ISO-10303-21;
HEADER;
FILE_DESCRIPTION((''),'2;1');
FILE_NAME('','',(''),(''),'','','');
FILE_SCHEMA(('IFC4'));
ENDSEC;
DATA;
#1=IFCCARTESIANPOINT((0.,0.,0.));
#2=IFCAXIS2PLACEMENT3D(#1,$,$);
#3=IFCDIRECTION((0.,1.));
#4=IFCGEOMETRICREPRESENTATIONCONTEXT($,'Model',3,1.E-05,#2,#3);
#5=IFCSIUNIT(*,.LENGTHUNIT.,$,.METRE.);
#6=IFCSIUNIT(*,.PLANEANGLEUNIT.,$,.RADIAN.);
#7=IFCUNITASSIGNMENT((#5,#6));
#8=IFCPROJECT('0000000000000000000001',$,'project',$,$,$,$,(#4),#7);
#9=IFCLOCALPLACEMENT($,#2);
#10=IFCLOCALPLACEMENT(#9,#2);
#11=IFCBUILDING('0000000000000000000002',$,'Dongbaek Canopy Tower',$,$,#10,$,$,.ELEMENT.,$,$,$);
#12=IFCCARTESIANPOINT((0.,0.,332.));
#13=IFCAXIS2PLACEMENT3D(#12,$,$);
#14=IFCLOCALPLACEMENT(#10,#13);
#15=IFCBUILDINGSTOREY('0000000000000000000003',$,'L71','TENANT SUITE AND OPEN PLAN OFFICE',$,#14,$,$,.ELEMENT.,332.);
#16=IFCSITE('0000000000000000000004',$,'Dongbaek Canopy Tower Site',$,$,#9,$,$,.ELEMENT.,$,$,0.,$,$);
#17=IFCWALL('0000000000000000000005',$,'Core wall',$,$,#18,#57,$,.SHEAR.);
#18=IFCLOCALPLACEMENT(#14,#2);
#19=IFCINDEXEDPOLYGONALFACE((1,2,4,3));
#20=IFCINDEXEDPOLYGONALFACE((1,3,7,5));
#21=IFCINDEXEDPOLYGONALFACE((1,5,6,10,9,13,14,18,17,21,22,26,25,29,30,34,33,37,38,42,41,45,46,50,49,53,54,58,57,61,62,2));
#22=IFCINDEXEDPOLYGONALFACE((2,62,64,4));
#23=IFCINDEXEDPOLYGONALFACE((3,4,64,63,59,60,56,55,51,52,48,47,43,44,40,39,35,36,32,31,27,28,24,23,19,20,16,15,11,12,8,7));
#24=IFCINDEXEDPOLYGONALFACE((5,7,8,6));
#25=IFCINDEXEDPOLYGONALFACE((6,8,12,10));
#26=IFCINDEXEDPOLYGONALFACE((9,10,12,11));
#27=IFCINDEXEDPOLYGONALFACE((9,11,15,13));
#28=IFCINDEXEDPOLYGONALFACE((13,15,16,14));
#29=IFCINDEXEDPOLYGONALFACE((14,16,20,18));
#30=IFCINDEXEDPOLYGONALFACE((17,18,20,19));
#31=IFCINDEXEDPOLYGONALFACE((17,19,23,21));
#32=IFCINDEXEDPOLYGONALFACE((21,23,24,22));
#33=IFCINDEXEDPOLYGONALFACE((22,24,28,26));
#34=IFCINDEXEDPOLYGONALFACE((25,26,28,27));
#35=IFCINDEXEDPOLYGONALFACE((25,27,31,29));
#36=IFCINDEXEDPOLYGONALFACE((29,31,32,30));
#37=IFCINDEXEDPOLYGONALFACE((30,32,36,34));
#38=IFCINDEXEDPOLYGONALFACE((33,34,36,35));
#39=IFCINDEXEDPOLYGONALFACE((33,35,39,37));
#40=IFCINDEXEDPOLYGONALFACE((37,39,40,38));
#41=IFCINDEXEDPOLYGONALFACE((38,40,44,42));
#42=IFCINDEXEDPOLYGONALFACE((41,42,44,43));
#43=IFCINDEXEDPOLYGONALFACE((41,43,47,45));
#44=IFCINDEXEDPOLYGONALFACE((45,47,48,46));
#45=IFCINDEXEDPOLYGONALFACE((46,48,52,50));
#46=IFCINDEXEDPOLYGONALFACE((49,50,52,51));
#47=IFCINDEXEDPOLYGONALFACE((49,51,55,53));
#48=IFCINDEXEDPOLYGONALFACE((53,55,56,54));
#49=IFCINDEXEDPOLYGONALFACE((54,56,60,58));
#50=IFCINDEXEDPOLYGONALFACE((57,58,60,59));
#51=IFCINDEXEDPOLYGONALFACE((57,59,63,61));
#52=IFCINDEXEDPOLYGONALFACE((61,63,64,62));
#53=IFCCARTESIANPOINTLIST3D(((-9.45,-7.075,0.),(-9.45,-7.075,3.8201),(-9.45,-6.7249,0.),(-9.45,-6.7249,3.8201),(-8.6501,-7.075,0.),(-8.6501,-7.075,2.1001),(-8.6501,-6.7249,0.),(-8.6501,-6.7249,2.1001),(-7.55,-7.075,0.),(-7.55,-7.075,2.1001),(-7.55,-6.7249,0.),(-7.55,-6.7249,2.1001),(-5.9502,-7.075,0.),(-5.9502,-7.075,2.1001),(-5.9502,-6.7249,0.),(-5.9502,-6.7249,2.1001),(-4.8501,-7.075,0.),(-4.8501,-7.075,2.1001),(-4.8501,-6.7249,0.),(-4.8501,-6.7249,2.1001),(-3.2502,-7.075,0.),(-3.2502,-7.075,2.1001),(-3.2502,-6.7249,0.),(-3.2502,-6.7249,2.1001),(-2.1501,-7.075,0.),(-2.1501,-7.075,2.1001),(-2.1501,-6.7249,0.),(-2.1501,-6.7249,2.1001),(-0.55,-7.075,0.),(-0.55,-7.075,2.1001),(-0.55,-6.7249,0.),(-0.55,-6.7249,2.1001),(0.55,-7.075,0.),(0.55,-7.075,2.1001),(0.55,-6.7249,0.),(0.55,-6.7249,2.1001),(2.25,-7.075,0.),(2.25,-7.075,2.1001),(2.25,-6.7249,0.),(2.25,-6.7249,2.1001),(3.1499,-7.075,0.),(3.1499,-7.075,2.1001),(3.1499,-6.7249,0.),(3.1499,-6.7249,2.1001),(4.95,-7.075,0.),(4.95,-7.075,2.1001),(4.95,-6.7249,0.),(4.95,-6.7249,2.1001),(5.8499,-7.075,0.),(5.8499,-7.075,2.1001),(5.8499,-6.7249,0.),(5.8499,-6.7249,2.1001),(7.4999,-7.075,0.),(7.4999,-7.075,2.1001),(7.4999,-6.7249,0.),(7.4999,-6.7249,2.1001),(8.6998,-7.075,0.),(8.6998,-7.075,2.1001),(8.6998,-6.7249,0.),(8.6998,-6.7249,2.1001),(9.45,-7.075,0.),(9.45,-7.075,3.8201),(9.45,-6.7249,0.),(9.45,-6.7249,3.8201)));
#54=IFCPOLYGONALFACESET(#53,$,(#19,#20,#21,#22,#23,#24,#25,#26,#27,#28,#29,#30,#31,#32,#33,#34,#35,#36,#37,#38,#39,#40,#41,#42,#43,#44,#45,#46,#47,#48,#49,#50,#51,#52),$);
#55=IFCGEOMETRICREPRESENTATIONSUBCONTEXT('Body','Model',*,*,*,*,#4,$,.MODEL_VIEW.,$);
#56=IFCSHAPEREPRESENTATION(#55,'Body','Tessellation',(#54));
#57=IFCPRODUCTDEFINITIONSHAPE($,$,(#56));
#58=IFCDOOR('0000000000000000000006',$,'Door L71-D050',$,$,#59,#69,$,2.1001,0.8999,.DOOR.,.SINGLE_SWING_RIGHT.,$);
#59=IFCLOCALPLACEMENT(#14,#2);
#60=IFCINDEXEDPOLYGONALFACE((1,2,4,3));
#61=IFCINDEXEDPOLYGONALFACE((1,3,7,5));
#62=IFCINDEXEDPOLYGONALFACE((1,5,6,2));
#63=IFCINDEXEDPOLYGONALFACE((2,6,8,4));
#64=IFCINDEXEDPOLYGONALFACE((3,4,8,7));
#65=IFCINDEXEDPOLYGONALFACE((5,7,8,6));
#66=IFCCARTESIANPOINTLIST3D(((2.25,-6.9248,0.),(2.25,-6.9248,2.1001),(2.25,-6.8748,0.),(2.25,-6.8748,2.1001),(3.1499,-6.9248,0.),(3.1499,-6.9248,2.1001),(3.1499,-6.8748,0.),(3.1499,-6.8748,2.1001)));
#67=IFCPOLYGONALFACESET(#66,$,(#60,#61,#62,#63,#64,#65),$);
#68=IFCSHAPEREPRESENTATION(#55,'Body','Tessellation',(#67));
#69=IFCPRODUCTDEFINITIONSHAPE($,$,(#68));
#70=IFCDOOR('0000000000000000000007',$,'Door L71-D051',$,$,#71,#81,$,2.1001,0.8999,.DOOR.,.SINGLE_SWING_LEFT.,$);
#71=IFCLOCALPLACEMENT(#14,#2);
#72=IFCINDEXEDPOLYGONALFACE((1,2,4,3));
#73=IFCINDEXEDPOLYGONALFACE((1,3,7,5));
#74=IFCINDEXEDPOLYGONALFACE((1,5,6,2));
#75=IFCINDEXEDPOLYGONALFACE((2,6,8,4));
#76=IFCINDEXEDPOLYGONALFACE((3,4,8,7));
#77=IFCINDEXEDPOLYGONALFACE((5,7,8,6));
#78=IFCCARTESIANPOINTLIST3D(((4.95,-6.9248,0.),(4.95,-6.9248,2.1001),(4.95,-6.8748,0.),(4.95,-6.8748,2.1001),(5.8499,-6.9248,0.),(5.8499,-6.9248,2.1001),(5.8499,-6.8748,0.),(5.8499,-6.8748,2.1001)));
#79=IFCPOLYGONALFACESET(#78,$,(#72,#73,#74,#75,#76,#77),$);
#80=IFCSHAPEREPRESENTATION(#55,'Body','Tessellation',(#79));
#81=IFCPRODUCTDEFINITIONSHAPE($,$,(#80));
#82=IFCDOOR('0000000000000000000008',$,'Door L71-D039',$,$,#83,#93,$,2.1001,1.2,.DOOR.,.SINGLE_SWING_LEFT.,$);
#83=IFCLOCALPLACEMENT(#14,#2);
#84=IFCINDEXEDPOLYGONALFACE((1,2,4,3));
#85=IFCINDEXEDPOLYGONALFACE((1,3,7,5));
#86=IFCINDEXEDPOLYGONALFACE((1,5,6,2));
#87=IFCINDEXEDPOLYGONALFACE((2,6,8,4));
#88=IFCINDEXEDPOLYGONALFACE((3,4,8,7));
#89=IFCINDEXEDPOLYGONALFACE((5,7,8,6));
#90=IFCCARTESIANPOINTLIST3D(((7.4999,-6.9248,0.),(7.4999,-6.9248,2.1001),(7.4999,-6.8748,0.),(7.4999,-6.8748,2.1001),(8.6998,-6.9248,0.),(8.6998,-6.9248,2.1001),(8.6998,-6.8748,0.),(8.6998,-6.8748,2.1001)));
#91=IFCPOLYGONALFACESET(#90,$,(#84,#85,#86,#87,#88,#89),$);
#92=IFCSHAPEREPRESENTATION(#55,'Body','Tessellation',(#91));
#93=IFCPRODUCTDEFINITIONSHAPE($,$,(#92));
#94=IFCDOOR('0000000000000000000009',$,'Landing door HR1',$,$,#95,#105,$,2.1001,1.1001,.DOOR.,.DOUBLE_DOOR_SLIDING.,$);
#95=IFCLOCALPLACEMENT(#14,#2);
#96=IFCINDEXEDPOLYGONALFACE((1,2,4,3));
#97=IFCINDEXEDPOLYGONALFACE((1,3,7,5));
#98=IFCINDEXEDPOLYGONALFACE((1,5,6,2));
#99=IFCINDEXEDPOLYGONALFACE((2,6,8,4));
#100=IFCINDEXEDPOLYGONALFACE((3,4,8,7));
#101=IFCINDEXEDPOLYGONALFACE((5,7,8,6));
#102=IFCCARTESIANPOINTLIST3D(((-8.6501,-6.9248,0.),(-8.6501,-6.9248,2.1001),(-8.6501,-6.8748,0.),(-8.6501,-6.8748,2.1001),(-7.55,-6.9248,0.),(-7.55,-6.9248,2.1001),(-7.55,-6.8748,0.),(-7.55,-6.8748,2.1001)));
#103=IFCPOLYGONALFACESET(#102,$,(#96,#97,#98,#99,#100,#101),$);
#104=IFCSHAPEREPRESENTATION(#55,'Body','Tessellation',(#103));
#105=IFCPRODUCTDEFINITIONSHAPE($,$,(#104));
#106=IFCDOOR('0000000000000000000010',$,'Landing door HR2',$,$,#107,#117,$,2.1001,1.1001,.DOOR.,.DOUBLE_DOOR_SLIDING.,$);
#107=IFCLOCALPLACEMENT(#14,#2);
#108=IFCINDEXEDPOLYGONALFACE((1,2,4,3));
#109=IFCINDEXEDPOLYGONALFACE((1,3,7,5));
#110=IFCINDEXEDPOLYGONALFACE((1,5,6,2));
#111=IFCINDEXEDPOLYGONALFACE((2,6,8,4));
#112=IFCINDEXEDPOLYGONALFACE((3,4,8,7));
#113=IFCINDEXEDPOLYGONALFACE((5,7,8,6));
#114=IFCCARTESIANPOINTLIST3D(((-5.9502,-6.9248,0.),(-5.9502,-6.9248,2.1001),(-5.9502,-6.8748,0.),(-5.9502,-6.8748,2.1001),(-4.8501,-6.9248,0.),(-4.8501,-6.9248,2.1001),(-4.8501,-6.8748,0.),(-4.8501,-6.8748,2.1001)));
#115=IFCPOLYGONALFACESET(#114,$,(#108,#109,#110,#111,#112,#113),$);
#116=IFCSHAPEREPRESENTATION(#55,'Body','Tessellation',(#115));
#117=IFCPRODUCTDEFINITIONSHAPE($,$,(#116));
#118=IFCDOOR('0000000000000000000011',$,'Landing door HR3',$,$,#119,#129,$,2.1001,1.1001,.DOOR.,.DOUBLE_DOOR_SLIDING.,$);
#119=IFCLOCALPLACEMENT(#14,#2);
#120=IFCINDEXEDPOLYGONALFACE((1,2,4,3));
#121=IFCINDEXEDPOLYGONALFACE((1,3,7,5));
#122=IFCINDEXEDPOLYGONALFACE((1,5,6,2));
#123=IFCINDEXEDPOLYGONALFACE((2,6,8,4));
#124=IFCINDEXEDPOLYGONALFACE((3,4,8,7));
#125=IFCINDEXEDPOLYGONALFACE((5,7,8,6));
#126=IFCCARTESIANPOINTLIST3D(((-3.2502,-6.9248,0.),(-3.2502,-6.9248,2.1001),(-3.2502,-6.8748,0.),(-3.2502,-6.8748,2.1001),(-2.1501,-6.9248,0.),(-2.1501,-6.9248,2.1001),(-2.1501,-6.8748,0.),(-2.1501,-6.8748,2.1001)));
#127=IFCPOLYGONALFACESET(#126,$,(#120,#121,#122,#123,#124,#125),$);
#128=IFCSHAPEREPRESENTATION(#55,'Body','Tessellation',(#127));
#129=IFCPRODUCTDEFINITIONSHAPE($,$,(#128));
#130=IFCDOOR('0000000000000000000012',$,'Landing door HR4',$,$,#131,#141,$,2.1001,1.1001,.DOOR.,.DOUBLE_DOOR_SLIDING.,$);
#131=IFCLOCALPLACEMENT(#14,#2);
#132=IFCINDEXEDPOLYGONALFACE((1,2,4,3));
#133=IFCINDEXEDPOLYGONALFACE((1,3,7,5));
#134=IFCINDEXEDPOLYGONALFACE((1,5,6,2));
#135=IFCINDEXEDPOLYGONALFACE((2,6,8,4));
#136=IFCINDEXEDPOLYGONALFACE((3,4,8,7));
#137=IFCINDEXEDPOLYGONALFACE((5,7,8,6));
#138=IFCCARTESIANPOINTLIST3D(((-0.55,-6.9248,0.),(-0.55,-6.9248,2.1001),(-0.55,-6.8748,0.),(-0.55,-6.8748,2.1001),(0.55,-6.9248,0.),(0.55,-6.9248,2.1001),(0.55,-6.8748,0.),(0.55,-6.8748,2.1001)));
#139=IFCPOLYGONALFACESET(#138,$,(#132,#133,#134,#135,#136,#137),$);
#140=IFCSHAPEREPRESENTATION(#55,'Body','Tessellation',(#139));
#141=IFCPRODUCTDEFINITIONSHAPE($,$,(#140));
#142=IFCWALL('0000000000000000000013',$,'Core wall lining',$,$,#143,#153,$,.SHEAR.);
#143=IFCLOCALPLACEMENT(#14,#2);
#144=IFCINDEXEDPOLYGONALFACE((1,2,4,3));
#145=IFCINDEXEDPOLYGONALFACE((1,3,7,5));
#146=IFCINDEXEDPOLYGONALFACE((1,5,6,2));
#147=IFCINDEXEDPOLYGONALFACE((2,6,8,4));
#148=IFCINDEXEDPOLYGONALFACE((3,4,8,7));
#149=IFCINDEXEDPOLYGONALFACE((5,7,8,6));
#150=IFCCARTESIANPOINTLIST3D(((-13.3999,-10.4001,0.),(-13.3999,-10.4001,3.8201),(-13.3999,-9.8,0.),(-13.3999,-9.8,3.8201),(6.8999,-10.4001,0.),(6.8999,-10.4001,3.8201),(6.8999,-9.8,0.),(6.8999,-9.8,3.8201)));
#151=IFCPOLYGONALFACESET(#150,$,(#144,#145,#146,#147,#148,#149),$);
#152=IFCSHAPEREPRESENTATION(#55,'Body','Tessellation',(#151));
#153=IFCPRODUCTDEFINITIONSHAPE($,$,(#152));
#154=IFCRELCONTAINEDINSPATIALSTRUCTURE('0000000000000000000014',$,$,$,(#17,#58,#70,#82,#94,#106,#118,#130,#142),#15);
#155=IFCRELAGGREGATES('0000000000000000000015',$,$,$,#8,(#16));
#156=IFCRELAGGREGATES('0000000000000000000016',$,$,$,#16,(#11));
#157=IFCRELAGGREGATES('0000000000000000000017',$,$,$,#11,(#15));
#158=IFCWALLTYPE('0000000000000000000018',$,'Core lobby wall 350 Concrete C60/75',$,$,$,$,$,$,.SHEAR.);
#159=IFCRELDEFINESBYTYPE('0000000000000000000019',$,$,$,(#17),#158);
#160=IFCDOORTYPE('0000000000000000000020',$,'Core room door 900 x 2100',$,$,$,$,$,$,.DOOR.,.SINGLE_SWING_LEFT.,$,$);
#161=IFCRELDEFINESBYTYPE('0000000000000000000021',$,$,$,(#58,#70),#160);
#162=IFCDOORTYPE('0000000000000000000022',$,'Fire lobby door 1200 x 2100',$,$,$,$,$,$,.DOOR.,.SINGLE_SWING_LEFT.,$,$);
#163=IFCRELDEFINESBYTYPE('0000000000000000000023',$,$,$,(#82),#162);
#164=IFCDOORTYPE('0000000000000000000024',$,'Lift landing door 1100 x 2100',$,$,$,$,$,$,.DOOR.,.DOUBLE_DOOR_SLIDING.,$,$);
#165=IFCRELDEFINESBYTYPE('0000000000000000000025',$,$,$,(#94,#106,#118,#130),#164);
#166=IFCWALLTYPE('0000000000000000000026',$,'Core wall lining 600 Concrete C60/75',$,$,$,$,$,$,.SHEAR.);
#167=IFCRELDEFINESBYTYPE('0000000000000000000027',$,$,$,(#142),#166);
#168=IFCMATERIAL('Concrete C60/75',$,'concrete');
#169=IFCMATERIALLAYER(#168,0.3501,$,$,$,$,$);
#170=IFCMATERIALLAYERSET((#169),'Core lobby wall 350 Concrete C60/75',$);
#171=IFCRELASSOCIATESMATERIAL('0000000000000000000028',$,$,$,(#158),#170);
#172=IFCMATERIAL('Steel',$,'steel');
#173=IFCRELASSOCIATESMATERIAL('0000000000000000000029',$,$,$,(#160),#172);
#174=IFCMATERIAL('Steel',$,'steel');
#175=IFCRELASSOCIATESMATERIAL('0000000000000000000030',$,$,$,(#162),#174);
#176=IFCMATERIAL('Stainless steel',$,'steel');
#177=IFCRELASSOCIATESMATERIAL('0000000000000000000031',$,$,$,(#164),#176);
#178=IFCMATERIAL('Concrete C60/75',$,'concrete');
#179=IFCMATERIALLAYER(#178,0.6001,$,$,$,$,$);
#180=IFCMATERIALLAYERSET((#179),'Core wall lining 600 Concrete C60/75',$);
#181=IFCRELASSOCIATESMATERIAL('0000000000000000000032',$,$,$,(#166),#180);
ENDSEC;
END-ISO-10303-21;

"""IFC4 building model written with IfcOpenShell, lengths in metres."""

from ifc_helpers import new_model, si_unit, direction, frame, frame_2d, origin, place, context, subcontext, project, spatial, rectangle, extrude, material, layer, layer_set, type_object, element, fill, save


model = new_model("IFC4")

# Units and contexts
model_context = context("Model", 3, precision=1e-05, world=origin(), true_north=direction((0.0, 1.0)))
body_context = subcontext(model_context, "Body", "Model", "MODEL_VIEW")
ifc_project = project(units=[si_unit("LENGTHUNIT", "METRE"), si_unit("PLANEANGLEUNIT", "RADIAN")], contexts=[model_context])

# Site, building, storey
site_placement = place(None, origin())
site = spatial("IfcSite", under=ifc_project, at=site_placement, Name="Dongbaek Canopy Tower Site", CompositionType="ELEMENT", RefElevation=0.0)
building_placement = place(site_placement, origin())
building = spatial("IfcBuilding", under=site, at=building_placement, Name="Dongbaek Canopy Tower", CompositionType="ELEMENT")
storey_placement = place(building_placement, frame((0.0, 0.0, 332.0)))
storey = spatial("IfcBuildingStorey", under=building, at=storey_placement, Name="L71", Description="TENANT SUITE AND OPEN PLAN OFFICE", CompositionType="ELEMENT", Elevation=332.0)

# Wall, openings, doors
ifc_material_1 = material(Name="Concrete C60/75", Category="concrete")
ifc_layer_1 = layer(ifc_material_1, 0.3501)
ifc_layer_set_1 = layer_set([ifc_layer_1], Name="Core lobby wall 350 Concrete C60/75")
wall_type_1 = type_object("IfcWallType", Name="Core lobby wall 350 Concrete C60/75", PredefinedType="SHEAR", material=ifc_layer_set_1)
wall_1_placement = place(storey_placement, frame((9.45, -6.8999, 0.0), z_axis=(0.0, 0.0, 1.0), x_axis=(-1.0, 0.0, 0.0)))
wall_1 = element("IfcWall", 1, at=wall_1_placement, inside=storey, type_object=wall_type_1, Name="Core wall", PredefinedType="SHEAR", context=body_context, shape_type="SweptSolid", body=[
    extrude(rectangle(XDim=18.8999, YDim=0.3501, at=frame_2d((9.45, 0.0))), origin(), (0.0, 0.0, 1.0), 3.8201),
])
opening_1_placement = place(wall_1_placement, frame((17.0, 0.0, 0.0)))
opening_1 = element("IfcOpeningElement", 2, at=opening_1_placement, cuts=wall_1, PredefinedType="OPENING", context=body_context, shape_type="SweptSolid", body=[
    extrude(rectangle(XDim=1.1001, YDim=2.1001, at=frame_2d((0.55, 1.05))), frame((0.0, 0.1851, 0.0), z_axis=(0.0, -1.0, 0.0), x_axis=(1.0, 0.0, 0.0)), (0.0, 0.0, 1.0), 0.3701),
])
opening_2_placement = place(wall_1_placement, frame((14.3, 0.0, 0.0)))
opening_2 = element("IfcOpeningElement", 3, at=opening_2_placement, cuts=wall_1, PredefinedType="OPENING", context=body_context, shape_type="SweptSolid", body=[
    extrude(rectangle(XDim=1.1001, YDim=2.1001, at=frame_2d((0.55, 1.05))), frame((0.0, 0.1851, 0.0), z_axis=(0.0, -1.0, 0.0), x_axis=(1.0, 0.0, 0.0)), (0.0, 0.0, 1.0), 0.3701),
])
opening_3_placement = place(wall_1_placement, frame((11.6001, 0.0, 0.0)))
opening_3 = element("IfcOpeningElement", 4, at=opening_3_placement, cuts=wall_1, PredefinedType="OPENING", context=body_context, shape_type="SweptSolid", body=[
    extrude(rectangle(XDim=1.1001, YDim=2.1001, at=frame_2d((0.55, 1.05))), frame((0.0, 0.1851, 0.0), z_axis=(0.0, -1.0, 0.0), x_axis=(1.0, 0.0, 0.0)), (0.0, 0.0, 1.0), 0.3701),
])
opening_4_placement = place(wall_1_placement, frame((8.8999, 0.0, 0.0)))
opening_4 = element("IfcOpeningElement", 5, at=opening_4_placement, cuts=wall_1, PredefinedType="OPENING", context=body_context, shape_type="SweptSolid", body=[
    extrude(rectangle(XDim=1.1001, YDim=2.1001, at=frame_2d((0.55, 1.05))), frame((0.0, 0.1851, 0.0), z_axis=(0.0, -1.0, 0.0), x_axis=(1.0, 0.0, 0.0)), (0.0, 0.0, 1.0), 0.3701),
])
opening_5_placement = place(wall_1_placement, frame((0.75, 0.0, 0.0)))
opening_5 = element("IfcOpeningElement", 6, at=opening_5_placement, cuts=wall_1, PredefinedType="OPENING", context=body_context, shape_type="SweptSolid", body=[
    extrude(rectangle(XDim=1.2, YDim=2.1001, at=frame_2d((0.6001, 1.05))), frame((0.0, 0.1851, 0.0), z_axis=(0.0, -1.0, 0.0), x_axis=(1.0, 0.0, 0.0)), (0.0, 0.0, 1.0), 0.3701),
])
opening_6_placement = place(wall_1_placement, frame((6.3, 0.0, 0.0)))
opening_6 = element("IfcOpeningElement", 7, at=opening_6_placement, cuts=wall_1, PredefinedType="OPENING", context=body_context, shape_type="SweptSolid", body=[
    extrude(rectangle(XDim=0.8999, YDim=2.1001, at=frame_2d((0.45, 1.05))), frame((0.0, 0.1851, 0.0), z_axis=(0.0, -1.0, 0.0), x_axis=(1.0, 0.0, 0.0)), (0.0, 0.0, 1.0), 0.3701),
])
opening_7_placement = place(wall_1_placement, frame((3.6001, 0.0, 0.0)))
opening_7 = element("IfcOpeningElement", 8, at=opening_7_placement, cuts=wall_1, PredefinedType="OPENING", context=body_context, shape_type="SweptSolid", body=[
    extrude(rectangle(XDim=0.8999, YDim=2.1001, at=frame_2d((0.45, 1.05))), frame((0.0, 0.1851, 0.0), z_axis=(0.0, -1.0, 0.0), x_axis=(1.0, 0.0, 0.0)), (0.0, 0.0, 1.0), 0.3701),
])
ifc_material_2 = material(Name="Steel", Category="steel")
door_type_1 = type_object("IfcDoorType", Name="Core room door 900 x 2100", OperationType="SINGLE_SWING_LEFT", PredefinedType="DOOR", material=ifc_material_2)
door_1_placement = place(opening_6_placement, origin())
door_1 = element("IfcDoor", 9, at=door_1_placement, inside=storey, type_object=door_type_1, Name="Door L71-D050", OperationType="SINGLE_SWING_RIGHT", OverallHeight=2.1001, OverallWidth=0.8999, PredefinedType="DOOR", context=body_context, shape_type="SweptSolid", body=[
    extrude(rectangle(XDim=0.8999, YDim=2.1001, at=frame_2d((0.45, 1.05))), frame((0.0, 0.0249, 0.0), z_axis=(0.0, -1.0, 0.0), x_axis=(1.0, 0.0, 0.0)), (0.0, 0.0, 1.0), 0.05),
])
fill(opening_6, door_1)
door_2_placement = place(opening_7_placement, origin())
door_2 = element("IfcDoor", 10, at=door_2_placement, inside=storey, type_object=door_type_1, Name="Door L71-D051", OperationType="SINGLE_SWING_LEFT", OverallHeight=2.1001, OverallWidth=0.8999, PredefinedType="DOOR", context=body_context, shape_type="SweptSolid", body=[
    extrude(rectangle(XDim=0.8999, YDim=2.1001, at=frame_2d((0.45, 1.05))), frame((0.0, 0.0249, 0.0), z_axis=(0.0, -1.0, 0.0), x_axis=(1.0, 0.0, 0.0)), (0.0, 0.0, 1.0), 0.05),
])
fill(opening_7, door_2)
ifc_material_3 = material(Name="Steel", Category="steel")
door_type_2 = type_object("IfcDoorType", Name="Fire lobby door 1200 x 2100", OperationType="SINGLE_SWING_LEFT", PredefinedType="DOOR", material=ifc_material_3)
door_3_placement = place(opening_5_placement, origin())
door_3 = element("IfcDoor", 11, at=door_3_placement, inside=storey, type_object=door_type_2, Name="Door L71-D039", OperationType="SINGLE_SWING_LEFT", OverallHeight=2.1001, OverallWidth=1.2, PredefinedType="DOOR", context=body_context, shape_type="SweptSolid", body=[
    extrude(rectangle(XDim=1.2, YDim=2.1001, at=frame_2d((0.6001, 1.05))), frame((0.0, 0.0249, 0.0), z_axis=(0.0, -1.0, 0.0), x_axis=(1.0, 0.0, 0.0)), (0.0, 0.0, 1.0), 0.05),
])
fill(opening_5, door_3)
ifc_material_4 = material(Name="Stainless steel", Category="steel")
door_type_3 = type_object("IfcDoorType", Name="Lift landing door 1100 x 2100", OperationType="DOUBLE_DOOR_SLIDING", PredefinedType="DOOR", material=ifc_material_4)
door_4_placement = place(opening_1_placement, origin())
door_4 = element("IfcDoor", 12, at=door_4_placement, inside=storey, type_object=door_type_3, Name="Landing door HR1", OperationType="DOUBLE_DOOR_SLIDING", OverallHeight=2.1001, OverallWidth=1.1001, PredefinedType="DOOR", context=body_context, shape_type="SweptSolid", body=[
    extrude(rectangle(XDim=1.1001, YDim=2.1001, at=frame_2d((0.55, 1.05))), frame((0.0, 0.0249, 0.0), z_axis=(0.0, -1.0, 0.0), x_axis=(1.0, 0.0, 0.0)), (0.0, 0.0, 1.0), 0.05),
])
fill(opening_1, door_4)
door_5_placement = place(opening_2_placement, origin())
door_5 = element("IfcDoor", 13, at=door_5_placement, inside=storey, type_object=door_type_3, Name="Landing door HR2", OperationType="DOUBLE_DOOR_SLIDING", OverallHeight=2.1001, OverallWidth=1.1001, PredefinedType="DOOR", context=body_context, shape_type="SweptSolid", body=[
    extrude(rectangle(XDim=1.1001, YDim=2.1001, at=frame_2d((0.55, 1.05))), frame((0.0, 0.0249, 0.0), z_axis=(0.0, -1.0, 0.0), x_axis=(1.0, 0.0, 0.0)), (0.0, 0.0, 1.0), 0.05),
])
fill(opening_2, door_5)
door_6_placement = place(opening_3_placement, origin())
door_6 = element("IfcDoor", 14, at=door_6_placement, inside=storey, type_object=door_type_3, Name="Landing door HR3", OperationType="DOUBLE_DOOR_SLIDING", OverallHeight=2.1001, OverallWidth=1.1001, PredefinedType="DOOR", context=body_context, shape_type="SweptSolid", body=[
    extrude(rectangle(XDim=1.1001, YDim=2.1001, at=frame_2d((0.55, 1.05))), frame((0.0, 0.0249, 0.0), z_axis=(0.0, -1.0, 0.0), x_axis=(1.0, 0.0, 0.0)), (0.0, 0.0, 1.0), 0.05),
])
fill(opening_3, door_6)
door_7_placement = place(opening_4_placement, origin())
door_7 = element("IfcDoor", 15, at=door_7_placement, inside=storey, type_object=door_type_3, Name="Landing door HR4", OperationType="DOUBLE_DOOR_SLIDING", OverallHeight=2.1001, OverallWidth=1.1001, PredefinedType="DOOR", context=body_context, shape_type="SweptSolid", body=[
    extrude(rectangle(XDim=1.1001, YDim=2.1001, at=frame_2d((0.55, 1.05))), frame((0.0, 0.0249, 0.0), z_axis=(0.0, -1.0, 0.0), x_axis=(1.0, 0.0, 0.0)), (0.0, 0.0, 1.0), 0.05),
])
fill(opening_4, door_7)

# Wall
ifc_material_5 = material(Name="Concrete C60/75", Category="concrete")
ifc_layer_2 = layer(ifc_material_5, 0.6001)
ifc_layer_set_2 = layer_set([ifc_layer_2], Name="Core wall lining 600 Concrete C60/75")
wall_type_2 = type_object("IfcWallType", Name="Core wall lining 600 Concrete C60/75", PredefinedType="SHEAR", material=ifc_layer_set_2)
wall_2_placement = place(storey_placement, frame((6.8999, -10.1001, 0.0), z_axis=(0.0, 0.0, 1.0), x_axis=(-1.0, 0.0, 0.0)))
element("IfcWall", 16, at=wall_2_placement, inside=storey, type_object=wall_type_2, Name="Core wall lining", PredefinedType="SHEAR", context=body_context, shape_type="SweptSolid", body=[
    extrude(rectangle(XDim=20.2998, YDim=0.6001, at=frame_2d((10.1499, 0.0))), origin(), (0.0, 0.0, 1.0), 3.8201),
])

save(model, "model.ifc")
